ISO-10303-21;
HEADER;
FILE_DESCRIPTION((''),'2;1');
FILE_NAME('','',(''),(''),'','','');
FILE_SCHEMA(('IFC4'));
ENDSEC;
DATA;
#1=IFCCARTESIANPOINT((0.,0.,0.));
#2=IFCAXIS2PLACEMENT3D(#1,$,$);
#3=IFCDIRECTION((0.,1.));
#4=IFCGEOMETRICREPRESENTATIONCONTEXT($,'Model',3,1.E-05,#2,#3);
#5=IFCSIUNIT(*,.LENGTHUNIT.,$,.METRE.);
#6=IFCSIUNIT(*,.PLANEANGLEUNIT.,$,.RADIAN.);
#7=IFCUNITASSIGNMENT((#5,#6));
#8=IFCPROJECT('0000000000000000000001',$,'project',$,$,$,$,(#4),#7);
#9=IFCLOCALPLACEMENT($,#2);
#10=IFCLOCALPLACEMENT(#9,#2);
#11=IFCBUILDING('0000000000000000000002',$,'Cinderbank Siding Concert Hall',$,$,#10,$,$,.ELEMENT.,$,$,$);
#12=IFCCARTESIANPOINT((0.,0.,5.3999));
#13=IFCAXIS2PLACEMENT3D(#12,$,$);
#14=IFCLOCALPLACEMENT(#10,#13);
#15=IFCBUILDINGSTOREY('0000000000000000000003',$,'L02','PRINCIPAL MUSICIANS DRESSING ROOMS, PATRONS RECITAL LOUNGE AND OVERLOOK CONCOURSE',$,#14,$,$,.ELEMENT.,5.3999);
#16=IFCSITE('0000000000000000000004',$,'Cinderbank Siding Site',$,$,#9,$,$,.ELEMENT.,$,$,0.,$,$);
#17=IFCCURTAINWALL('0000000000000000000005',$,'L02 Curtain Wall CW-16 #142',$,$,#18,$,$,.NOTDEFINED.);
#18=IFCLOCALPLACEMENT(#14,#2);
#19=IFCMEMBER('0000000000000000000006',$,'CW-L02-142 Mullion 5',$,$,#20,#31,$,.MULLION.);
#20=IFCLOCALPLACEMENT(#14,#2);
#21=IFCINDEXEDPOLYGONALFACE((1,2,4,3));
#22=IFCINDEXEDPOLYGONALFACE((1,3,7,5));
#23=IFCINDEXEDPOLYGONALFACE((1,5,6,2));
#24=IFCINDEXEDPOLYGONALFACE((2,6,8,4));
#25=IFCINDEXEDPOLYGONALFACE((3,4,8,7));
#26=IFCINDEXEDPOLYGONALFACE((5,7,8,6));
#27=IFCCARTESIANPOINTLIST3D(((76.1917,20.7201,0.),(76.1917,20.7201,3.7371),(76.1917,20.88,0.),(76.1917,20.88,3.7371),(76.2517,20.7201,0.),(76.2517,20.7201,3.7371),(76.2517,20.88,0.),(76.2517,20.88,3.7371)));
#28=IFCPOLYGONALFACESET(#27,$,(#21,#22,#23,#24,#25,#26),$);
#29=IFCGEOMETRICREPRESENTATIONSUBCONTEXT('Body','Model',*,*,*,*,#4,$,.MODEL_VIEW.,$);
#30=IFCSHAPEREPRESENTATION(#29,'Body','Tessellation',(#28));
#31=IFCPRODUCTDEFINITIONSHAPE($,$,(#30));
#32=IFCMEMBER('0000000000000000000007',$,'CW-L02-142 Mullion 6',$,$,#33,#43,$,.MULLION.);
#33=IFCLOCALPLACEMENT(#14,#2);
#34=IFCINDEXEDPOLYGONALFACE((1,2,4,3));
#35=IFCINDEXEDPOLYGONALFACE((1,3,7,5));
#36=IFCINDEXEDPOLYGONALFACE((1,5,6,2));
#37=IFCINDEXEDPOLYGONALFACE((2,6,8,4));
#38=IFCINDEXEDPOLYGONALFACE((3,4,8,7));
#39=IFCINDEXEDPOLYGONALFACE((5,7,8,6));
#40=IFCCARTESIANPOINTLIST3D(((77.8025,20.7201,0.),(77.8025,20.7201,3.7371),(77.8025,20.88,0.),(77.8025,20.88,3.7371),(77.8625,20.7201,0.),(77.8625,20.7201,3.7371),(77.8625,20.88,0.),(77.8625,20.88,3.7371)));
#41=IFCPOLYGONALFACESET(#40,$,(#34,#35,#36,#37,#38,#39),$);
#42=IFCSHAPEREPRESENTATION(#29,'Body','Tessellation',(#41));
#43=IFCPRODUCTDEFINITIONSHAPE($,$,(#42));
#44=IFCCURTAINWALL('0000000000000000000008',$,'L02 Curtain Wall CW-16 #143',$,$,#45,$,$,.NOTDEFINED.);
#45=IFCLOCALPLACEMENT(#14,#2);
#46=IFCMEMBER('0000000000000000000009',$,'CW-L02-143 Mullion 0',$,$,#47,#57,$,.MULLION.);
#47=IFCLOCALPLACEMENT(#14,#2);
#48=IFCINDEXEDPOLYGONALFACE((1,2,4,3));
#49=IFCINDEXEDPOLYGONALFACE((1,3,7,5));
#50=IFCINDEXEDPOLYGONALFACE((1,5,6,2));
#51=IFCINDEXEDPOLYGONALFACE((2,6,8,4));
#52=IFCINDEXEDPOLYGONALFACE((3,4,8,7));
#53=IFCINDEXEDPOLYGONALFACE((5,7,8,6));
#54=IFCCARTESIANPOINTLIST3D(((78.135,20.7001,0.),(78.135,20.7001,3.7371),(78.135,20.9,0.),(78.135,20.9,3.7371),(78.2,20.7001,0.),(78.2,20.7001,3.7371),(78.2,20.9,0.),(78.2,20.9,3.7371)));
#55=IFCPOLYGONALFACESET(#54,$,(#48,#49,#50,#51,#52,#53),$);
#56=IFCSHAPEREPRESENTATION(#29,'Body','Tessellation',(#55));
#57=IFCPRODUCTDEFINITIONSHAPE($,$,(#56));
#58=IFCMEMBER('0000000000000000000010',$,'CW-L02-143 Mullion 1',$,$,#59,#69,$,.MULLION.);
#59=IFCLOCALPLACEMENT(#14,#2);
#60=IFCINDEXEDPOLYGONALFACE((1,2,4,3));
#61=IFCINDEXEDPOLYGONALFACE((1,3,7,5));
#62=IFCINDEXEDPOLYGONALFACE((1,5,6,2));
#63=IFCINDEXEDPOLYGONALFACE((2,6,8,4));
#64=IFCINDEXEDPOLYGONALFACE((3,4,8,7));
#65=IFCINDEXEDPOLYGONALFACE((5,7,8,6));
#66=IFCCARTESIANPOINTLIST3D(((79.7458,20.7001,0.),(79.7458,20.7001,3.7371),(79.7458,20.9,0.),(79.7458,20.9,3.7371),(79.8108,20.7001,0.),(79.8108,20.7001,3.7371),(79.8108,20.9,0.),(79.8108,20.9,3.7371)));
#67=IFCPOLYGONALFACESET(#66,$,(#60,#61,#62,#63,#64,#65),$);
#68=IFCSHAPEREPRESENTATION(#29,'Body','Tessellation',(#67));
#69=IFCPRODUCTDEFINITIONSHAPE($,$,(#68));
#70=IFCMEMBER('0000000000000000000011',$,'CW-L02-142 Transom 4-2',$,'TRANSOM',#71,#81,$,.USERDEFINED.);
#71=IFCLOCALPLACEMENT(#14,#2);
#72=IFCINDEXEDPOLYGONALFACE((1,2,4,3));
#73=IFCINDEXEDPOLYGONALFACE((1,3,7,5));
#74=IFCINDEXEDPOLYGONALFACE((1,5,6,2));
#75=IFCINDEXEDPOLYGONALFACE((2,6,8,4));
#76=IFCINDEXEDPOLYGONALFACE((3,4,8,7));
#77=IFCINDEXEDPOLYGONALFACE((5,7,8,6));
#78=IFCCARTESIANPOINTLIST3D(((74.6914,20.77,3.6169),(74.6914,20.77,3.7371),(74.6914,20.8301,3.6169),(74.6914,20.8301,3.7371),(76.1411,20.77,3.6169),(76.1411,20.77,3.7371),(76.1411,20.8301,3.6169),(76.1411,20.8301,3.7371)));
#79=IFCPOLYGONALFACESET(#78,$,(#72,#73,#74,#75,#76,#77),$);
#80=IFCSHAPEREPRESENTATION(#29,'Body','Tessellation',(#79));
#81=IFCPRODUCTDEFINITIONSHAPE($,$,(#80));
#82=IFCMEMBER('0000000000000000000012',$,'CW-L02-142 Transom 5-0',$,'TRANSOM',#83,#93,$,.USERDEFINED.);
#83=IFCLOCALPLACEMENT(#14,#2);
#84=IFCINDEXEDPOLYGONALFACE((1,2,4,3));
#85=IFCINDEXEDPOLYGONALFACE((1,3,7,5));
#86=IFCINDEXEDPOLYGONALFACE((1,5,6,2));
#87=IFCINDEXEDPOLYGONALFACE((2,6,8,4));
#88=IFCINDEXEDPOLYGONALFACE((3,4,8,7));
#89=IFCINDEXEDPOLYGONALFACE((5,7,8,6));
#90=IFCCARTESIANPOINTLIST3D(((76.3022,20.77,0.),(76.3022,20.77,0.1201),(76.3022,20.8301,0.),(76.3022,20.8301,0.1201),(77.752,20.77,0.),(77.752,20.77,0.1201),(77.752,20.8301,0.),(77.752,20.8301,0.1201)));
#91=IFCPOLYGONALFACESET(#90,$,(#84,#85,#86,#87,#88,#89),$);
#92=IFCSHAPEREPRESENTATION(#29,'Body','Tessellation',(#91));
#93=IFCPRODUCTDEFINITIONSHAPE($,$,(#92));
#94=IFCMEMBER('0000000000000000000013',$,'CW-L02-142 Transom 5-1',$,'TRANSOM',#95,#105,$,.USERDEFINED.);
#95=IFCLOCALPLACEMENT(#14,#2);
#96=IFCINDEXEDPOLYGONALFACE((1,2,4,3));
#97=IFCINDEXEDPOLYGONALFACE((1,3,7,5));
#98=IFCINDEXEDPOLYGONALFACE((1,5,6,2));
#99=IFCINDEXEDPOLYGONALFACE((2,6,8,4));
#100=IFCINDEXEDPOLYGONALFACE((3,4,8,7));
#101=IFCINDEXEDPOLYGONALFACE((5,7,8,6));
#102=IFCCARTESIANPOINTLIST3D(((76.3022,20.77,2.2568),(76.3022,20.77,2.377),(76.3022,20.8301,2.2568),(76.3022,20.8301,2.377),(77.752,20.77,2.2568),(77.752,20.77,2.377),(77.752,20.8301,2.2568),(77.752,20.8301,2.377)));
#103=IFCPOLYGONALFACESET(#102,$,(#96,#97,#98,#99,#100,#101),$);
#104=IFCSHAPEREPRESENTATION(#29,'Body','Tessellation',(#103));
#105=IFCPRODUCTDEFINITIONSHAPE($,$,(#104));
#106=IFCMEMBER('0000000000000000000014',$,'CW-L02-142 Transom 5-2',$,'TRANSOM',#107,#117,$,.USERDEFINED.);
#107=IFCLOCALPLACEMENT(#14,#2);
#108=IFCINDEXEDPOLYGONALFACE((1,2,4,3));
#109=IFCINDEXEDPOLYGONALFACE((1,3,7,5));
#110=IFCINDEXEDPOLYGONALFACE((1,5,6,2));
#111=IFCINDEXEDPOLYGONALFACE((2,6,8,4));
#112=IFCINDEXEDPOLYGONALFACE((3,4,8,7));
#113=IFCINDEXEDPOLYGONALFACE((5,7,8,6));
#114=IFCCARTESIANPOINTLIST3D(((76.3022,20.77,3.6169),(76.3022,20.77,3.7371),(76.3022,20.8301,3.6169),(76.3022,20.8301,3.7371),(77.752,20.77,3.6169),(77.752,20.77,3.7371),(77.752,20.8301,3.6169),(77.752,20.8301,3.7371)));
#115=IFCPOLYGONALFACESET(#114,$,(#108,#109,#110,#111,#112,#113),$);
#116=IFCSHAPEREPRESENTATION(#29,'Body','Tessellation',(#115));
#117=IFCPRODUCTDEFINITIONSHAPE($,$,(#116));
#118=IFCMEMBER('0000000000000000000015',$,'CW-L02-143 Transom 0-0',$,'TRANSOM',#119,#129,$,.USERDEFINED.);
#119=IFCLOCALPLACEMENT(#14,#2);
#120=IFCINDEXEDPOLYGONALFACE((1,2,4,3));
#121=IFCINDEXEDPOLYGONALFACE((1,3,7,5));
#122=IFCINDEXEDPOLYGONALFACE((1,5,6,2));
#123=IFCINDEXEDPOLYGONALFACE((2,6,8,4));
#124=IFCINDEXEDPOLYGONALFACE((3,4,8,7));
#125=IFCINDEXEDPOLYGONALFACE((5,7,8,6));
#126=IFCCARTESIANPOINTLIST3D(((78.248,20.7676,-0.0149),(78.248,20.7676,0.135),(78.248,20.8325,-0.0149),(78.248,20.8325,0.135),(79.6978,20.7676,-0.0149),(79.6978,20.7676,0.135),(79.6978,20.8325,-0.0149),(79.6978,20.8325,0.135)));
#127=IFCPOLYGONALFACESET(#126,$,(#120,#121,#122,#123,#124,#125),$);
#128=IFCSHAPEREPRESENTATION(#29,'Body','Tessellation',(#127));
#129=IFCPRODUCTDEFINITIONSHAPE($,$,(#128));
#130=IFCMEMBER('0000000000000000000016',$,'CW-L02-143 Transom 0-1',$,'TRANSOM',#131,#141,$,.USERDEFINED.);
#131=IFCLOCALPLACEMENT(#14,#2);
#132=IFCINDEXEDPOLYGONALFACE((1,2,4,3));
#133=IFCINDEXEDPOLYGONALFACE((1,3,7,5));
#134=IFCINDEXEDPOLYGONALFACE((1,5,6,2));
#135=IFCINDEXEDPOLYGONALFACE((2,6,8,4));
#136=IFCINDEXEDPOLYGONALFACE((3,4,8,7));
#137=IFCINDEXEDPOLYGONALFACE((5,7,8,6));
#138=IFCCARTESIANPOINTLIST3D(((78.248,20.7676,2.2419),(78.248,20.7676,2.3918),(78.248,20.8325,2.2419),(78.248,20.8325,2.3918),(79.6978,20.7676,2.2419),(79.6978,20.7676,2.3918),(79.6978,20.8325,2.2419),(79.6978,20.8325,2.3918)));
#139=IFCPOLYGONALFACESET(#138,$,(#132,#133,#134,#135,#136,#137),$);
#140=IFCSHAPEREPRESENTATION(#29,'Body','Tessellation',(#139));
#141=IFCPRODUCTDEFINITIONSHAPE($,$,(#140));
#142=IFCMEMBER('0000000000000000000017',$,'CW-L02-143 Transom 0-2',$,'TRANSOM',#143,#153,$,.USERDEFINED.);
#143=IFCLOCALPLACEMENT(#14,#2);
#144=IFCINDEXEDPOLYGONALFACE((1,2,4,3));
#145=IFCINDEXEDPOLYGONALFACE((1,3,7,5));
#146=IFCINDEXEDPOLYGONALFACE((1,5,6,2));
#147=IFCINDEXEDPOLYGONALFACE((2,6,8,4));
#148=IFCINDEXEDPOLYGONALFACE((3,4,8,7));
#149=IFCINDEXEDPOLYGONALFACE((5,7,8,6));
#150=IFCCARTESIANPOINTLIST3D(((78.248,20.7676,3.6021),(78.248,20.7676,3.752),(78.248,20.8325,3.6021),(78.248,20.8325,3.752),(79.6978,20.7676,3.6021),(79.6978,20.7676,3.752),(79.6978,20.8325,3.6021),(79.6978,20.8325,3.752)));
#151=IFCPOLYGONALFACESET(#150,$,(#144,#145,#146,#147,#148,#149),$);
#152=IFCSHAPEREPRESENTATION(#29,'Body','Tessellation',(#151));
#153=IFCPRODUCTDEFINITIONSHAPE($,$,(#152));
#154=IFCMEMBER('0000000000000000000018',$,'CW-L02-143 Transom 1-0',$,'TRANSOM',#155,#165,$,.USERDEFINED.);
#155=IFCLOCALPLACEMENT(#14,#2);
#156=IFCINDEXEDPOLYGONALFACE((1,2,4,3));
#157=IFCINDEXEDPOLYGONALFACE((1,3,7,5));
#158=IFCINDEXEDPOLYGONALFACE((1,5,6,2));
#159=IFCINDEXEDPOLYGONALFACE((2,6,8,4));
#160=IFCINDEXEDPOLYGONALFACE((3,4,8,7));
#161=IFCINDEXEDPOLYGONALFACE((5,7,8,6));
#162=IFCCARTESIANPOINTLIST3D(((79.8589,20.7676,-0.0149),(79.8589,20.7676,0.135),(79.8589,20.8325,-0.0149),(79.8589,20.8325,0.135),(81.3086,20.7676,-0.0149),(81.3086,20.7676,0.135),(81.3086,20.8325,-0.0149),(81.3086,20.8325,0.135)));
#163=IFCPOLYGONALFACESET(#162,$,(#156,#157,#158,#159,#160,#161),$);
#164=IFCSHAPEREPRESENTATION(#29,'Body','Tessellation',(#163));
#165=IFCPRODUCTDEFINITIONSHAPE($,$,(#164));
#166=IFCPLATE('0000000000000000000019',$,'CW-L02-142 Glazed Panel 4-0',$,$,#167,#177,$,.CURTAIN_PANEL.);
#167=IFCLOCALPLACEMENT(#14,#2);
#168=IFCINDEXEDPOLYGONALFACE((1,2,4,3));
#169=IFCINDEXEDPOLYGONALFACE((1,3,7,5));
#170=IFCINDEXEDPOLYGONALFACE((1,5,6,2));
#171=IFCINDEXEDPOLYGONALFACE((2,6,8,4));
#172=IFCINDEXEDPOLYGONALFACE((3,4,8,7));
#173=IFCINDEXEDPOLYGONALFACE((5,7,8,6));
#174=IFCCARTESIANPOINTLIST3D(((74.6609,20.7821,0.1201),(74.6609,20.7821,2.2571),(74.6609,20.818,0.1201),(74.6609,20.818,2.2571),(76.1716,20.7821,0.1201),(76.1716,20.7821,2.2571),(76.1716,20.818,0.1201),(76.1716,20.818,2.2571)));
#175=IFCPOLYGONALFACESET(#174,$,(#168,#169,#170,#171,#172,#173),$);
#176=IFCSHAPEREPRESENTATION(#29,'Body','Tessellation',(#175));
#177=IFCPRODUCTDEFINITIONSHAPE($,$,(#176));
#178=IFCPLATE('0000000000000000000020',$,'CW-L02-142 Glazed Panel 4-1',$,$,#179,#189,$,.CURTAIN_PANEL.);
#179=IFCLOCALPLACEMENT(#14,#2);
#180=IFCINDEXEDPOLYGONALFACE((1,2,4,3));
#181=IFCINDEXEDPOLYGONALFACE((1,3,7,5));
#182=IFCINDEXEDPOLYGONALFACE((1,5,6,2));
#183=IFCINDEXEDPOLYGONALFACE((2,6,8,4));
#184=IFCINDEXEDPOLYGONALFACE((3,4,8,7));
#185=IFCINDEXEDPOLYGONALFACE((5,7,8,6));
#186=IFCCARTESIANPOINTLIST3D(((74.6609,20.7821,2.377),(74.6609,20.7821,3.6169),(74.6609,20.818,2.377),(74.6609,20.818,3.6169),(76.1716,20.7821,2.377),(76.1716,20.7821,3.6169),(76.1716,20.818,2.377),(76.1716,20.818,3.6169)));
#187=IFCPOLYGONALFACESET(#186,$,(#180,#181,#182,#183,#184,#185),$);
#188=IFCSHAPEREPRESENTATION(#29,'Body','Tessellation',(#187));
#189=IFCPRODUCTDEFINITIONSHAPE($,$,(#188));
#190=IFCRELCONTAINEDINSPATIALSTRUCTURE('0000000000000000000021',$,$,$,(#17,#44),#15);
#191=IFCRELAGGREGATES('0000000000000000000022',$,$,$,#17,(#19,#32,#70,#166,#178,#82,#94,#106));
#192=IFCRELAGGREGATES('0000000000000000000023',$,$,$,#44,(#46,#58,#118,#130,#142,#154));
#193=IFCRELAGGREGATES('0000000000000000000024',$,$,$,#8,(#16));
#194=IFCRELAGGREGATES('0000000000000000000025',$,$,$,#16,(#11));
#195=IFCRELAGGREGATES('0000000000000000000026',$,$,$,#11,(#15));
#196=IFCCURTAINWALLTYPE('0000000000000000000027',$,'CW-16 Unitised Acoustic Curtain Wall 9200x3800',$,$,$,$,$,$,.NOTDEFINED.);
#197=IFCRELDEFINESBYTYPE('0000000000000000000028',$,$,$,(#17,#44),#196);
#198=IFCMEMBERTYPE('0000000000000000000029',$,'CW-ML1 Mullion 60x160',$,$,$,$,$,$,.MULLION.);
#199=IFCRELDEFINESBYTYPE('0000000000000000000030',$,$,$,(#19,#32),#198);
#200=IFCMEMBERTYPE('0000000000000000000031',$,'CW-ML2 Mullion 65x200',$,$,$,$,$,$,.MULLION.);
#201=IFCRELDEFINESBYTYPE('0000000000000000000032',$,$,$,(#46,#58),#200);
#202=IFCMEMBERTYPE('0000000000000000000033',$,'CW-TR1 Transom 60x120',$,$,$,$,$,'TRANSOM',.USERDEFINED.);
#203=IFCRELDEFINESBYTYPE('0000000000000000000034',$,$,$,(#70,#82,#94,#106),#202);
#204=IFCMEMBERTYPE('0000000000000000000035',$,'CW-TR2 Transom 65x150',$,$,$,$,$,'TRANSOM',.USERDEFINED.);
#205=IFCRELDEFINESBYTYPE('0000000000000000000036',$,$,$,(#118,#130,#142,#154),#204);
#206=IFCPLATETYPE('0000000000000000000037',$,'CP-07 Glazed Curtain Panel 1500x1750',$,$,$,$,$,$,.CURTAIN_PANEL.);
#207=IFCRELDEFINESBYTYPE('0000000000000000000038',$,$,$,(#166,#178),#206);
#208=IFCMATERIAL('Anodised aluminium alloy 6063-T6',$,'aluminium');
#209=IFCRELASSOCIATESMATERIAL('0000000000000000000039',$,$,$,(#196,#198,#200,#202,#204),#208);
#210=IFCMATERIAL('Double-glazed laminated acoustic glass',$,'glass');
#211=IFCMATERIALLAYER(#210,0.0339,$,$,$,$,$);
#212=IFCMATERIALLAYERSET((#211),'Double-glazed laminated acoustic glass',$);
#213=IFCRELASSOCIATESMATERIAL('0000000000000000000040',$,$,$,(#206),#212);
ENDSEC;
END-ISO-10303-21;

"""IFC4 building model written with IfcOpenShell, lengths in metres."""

from ifc_helpers import new_model, si_unit, direction, frame, origin, origin_2d, place, context, subcontext, project, spatial, rectangle, extrude, material, layer, layer_set, material_profile, profile_set, type_object, element, aggregate, save


model = new_model("IFC4")

# Units and contexts
model_context = context("Model", 3, precision=1e-05, world=origin(), true_north=direction((0.0, 1.0)))
body_context = subcontext(model_context, "Body", "Model", "MODEL_VIEW")
ifc_project = project(units=[si_unit("LENGTHUNIT", "METRE"), si_unit("PLANEANGLEUNIT", "RADIAN")], contexts=[model_context])

# Site, building, storey
site_placement = place(None, origin())
site = spatial("IfcSite", under=ifc_project, at=site_placement, Name="Cinderbank Siding Site", CompositionType="ELEMENT", RefElevation=0.0)
building_placement = place(site_placement, origin())
building = spatial("IfcBuilding", under=site, at=building_placement, Name="Cinderbank Siding Concert Hall", CompositionType="ELEMENT")
storey_placement = place(building_placement, frame((0.0, 0.0, 5.3999)))
storey = spatial("IfcBuildingStorey", under=building, at=storey_placement, Name="L02", Description="PRINCIPAL MUSICIANS DRESSING ROOMS, PATRONS RECITAL LOUNGE AND OVERLOOK CONCOURSE", CompositionType="ELEMENT", Elevation=5.3999)

# Curtain walls, members
ifc_material_1 = material(Name="Anodised aluminium alloy 6063-T6", Category="aluminium")
curtain_wall_type = type_object("IfcCurtainWallType", Name="CW-16 Unitised Acoustic Curtain Wall 9200x3800", PredefinedType="NOTDEFINED", material=ifc_material_1)
curtain_wall_1_placement = place(storey_placement, origin())
curtain_wall_1 = element("IfcCurtainWall", 1, at=curtain_wall_1_placement, inside=storey, type_object=curtain_wall_type, Name="L02 Curtain Wall CW-16 #142", PredefinedType="NOTDEFINED")
ifc_material_profile_1 = material_profile(ifc_material_1, rectangle(XDim=0.0601, YDim=0.1599, at=origin_2d()), Name="ALU-MULL-60x160", Category="LoadBearing")
ifc_profile_set_1 = profile_set([ifc_material_profile_1], Name="Anodised aluminium alloy 6063-T6")
member_type_1 = type_object("IfcMemberType", Name="CW-ML1 Mullion 60x160", PredefinedType="MULLION", material=ifc_profile_set_1)
member_1_placement = place(storey_placement, frame((76.2217, 20.8, 0.0), z_axis=(0.0, 0.0, 1.0), x_axis=(1.0, 0.0, 0.0)))
member_1 = element("IfcMember", 2, at=member_1_placement, type_object=member_type_1, Name="CW-L02-142 Mullion 5", PredefinedType="MULLION", context=body_context, shape_type="SweptSolid", body=[
    extrude(rectangle(XDim=0.0601, YDim=0.1599, at=origin_2d()), origin(), (0.0, 0.0, 1.0), 3.7371),
])
member_2_placement = place(storey_placement, frame((77.8325, 20.8, 0.0), z_axis=(0.0, 0.0, 1.0), x_axis=(1.0, 0.0, 0.0)))
member_2 = element("IfcMember", 3, at=member_2_placement, type_object=member_type_1, Name="CW-L02-142 Mullion 6", PredefinedType="MULLION", context=body_context, shape_type="SweptSolid", body=[
    extrude(rectangle(XDim=0.0601, YDim=0.1599, at=origin_2d()), origin(), (0.0, 0.0, 1.0), 3.7371),
])
curtain_wall_2_placement = place(storey_placement, origin())
curtain_wall_2 = element("IfcCurtainWall", 4, at=curtain_wall_2_placement, inside=storey, type_object=curtain_wall_type, Name="L02 Curtain Wall CW-16 #143", PredefinedType="NOTDEFINED")
ifc_material_profile_2 = material_profile(ifc_material_1, rectangle(XDim=0.0649, YDim=0.2, at=origin_2d()), Name="ALU-MULL-65x200", Category="LoadBearing")
ifc_profile_set_2 = profile_set([ifc_material_profile_2], Name="Anodised aluminium alloy 6063-T6")
member_type_2 = type_object("IfcMemberType", Name="CW-ML2 Mullion 65x200", PredefinedType="MULLION", material=ifc_profile_set_2)
member_3_placement = place(storey_placement, frame((78.1675, 20.8, 0.0), z_axis=(0.0, 0.0, 1.0), x_axis=(1.0, 0.0, 0.0)))
member_3 = element("IfcMember", 5, at=member_3_placement, type_object=member_type_2, Name="CW-L02-143 Mullion 0", PredefinedType="MULLION", context=body_context, shape_type="SweptSolid", body=[
    extrude(rectangle(XDim=0.0649, YDim=0.2, at=origin_2d()), origin(), (0.0, 0.0, 1.0), 3.7371),
])
member_4_placement = place(storey_placement, frame((79.7783, 20.8, 0.0), z_axis=(0.0, 0.0, 1.0), x_axis=(1.0, 0.0, 0.0)))
member_4 = element("IfcMember", 6, at=member_4_placement, type_object=member_type_2, Name="CW-L02-143 Mullion 1", PredefinedType="MULLION", context=body_context, shape_type="SweptSolid", body=[
    extrude(rectangle(XDim=0.0649, YDim=0.2, at=origin_2d()), origin(), (0.0, 0.0, 1.0), 3.7371),
])

# Members
ifc_material_profile_3 = material_profile(ifc_material_1, rectangle(XDim=0.0601, YDim=0.1201, at=origin_2d()), Name="ALU-TRAN-60x120", Category="LoadBearing")
ifc_profile_set_3 = profile_set([ifc_material_profile_3], Name="Anodised aluminium alloy 6063-T6")
member_type_3 = type_object("IfcMemberType", Name="CW-TR1 Transom 60x120", ElementType="TRANSOM", PredefinedType="USERDEFINED", material=ifc_profile_set_3)
member_5_placement = place(storey_placement, frame((74.6914, 20.8, 3.677), z_axis=(1.0, 0.0, 0.0), x_axis=(0.0, 1.0, 0.0)))
member_5 = element("IfcMember", 7, at=member_5_placement, type_object=member_type_3, Name="CW-L02-142 Transom 4-2", ObjectType="TRANSOM", PredefinedType="USERDEFINED", context=body_context, shape_type="SweptSolid", body=[
    extrude(rectangle(XDim=0.0601, YDim=0.1201, at=origin_2d()), origin(), (0.0, 0.0, 1.0), 1.4497),
])
member_6_placement = place(storey_placement, frame((76.3022, 20.8, 0.0601), z_axis=(1.0, 0.0, 0.0), x_axis=(0.0, 1.0, 0.0)))
member_6 = element("IfcMember", 8, at=member_6_placement, type_object=member_type_3, Name="CW-L02-142 Transom 5-0", ObjectType="TRANSOM", PredefinedType="USERDEFINED", context=body_context, shape_type="SweptSolid", body=[
    extrude(rectangle(XDim=0.0601, YDim=0.1201, at=origin_2d()), origin(), (0.0, 0.0, 1.0), 1.4497),
])
member_7_placement = place(storey_placement, frame((76.3022, 20.8, 2.3169), z_axis=(1.0, 0.0, 0.0), x_axis=(0.0, 1.0, 0.0)))
member_7 = element("IfcMember", 9, at=member_7_placement, type_object=member_type_3, Name="CW-L02-142 Transom 5-1", ObjectType="TRANSOM", PredefinedType="USERDEFINED", context=body_context, shape_type="SweptSolid", body=[
    extrude(rectangle(XDim=0.0601, YDim=0.1201, at=origin_2d()), origin(), (0.0, 0.0, 1.0), 1.4497),
])
member_8_placement = place(storey_placement, frame((76.3022, 20.8, 3.677), z_axis=(1.0, 0.0, 0.0), x_axis=(0.0, 1.0, 0.0)))
member_8 = element("IfcMember", 10, at=member_8_placement, type_object=member_type_3, Name="CW-L02-142 Transom 5-2", ObjectType="TRANSOM", PredefinedType="USERDEFINED", context=body_context, shape_type="SweptSolid", body=[
    extrude(rectangle(XDim=0.0601, YDim=0.1201, at=origin_2d()), origin(), (0.0, 0.0, 1.0), 1.4497),
])
ifc_material_profile_4 = material_profile(ifc_material_1, rectangle(XDim=0.0649, YDim=0.1499, at=origin_2d()), Name="ALU-TRAN-65x150", Category="LoadBearing")
ifc_profile_set_4 = profile_set([ifc_material_profile_4], Name="Anodised aluminium alloy 6063-T6")
member_type_4 = type_object("IfcMemberType", Name="CW-TR2 Transom 65x150", ElementType="TRANSOM", PredefinedType="USERDEFINED", material=ifc_profile_set_4)
member_9_placement = place(storey_placement, frame((78.248, 20.8, 0.0601), z_axis=(1.0, 0.0, 0.0), x_axis=(0.0, 1.0, 0.0)))
member_9 = element("IfcMember", 11, at=member_9_placement, type_object=member_type_4, Name="CW-L02-143 Transom 0-0", ObjectType="TRANSOM", PredefinedType="USERDEFINED", context=body_context, shape_type="SweptSolid", body=[
    extrude(rectangle(XDim=0.0649, YDim=0.1499, at=origin_2d()), origin(), (0.0, 0.0, 1.0), 1.4497),
])
member_10_placement = place(storey_placement, frame((78.248, 20.8, 2.3169), z_axis=(1.0, 0.0, 0.0), x_axis=(0.0, 1.0, 0.0)))
member_10 = element("IfcMember", 12, at=member_10_placement, type_object=member_type_4, Name="CW-L02-143 Transom 0-1", ObjectType="TRANSOM", PredefinedType="USERDEFINED", context=body_context, shape_type="SweptSolid", body=[
    extrude(rectangle(XDim=0.0649, YDim=0.1499, at=origin_2d()), origin(), (0.0, 0.0, 1.0), 1.4497),
])
member_11_placement = place(storey_placement, frame((78.248, 20.8, 3.677), z_axis=(1.0, 0.0, 0.0), x_axis=(0.0, 1.0, 0.0)))
member_11 = element("IfcMember", 13, at=member_11_placement, type_object=member_type_4, Name="CW-L02-143 Transom 0-2", ObjectType="TRANSOM", PredefinedType="USERDEFINED", context=body_context, shape_type="SweptSolid", body=[
    extrude(rectangle(XDim=0.0649, YDim=0.1499, at=origin_2d()), origin(), (0.0, 0.0, 1.0), 1.4497),
])
member_12_placement = place(storey_placement, frame((79.8589, 20.8, 0.0601), z_axis=(1.0, 0.0, 0.0), x_axis=(0.0, 1.0, 0.0)))
member_12 = element("IfcMember", 14, at=member_12_placement, type_object=member_type_4, Name="CW-L02-143 Transom 1-0", ObjectType="TRANSOM", PredefinedType="USERDEFINED", context=body_context, shape_type="SweptSolid", body=[
    extrude(rectangle(XDim=0.0649, YDim=0.1499, at=origin_2d()), origin(), (0.0, 0.0, 1.0), 1.4497),
])

# Plates
ifc_material_2 = material(Name="Double-glazed laminated acoustic glass", Category="glass")
ifc_layer_1 = layer(ifc_material_2, 0.0339)
ifc_layer_set_1 = layer_set([ifc_layer_1], Name="Double-glazed laminated acoustic glass")
plate_type_1 = type_object("IfcPlateType", Name="CP-07 Glazed Curtain Panel 1500x1750", PredefinedType="CURTAIN_PANEL", material=ifc_layer_set_1)
plate_1_placement = place(storey_placement, frame((75.4163, 20.8, 0.1201), z_axis=(0.0, 0.0, 1.0), x_axis=(1.0, 0.0, 0.0)))
plate_1 = element("IfcPlate", 15, at=plate_1_placement, type_object=plate_type_1, Name="CW-L02-142 Glazed Panel 4-0", PredefinedType="CURTAIN_PANEL", context=body_context, shape_type="SweptSolid", body=[
    extrude(rectangle(XDim=1.5107, YDim=0.0359, at=origin_2d()), origin(), (0.0, 0.0, 1.0), 2.137),
])
plate_2_placement = place(storey_placement, frame((75.4163, 20.8, 2.377), z_axis=(0.0, 0.0, 1.0), x_axis=(1.0, 0.0, 0.0)))
plate_2 = element("IfcPlate", 16, at=plate_2_placement, type_object=plate_type_1, Name="CW-L02-142 Glazed Panel 4-1", PredefinedType="CURTAIN_PANEL", context=body_context, shape_type="SweptSolid", body=[
    extrude(rectangle(XDim=1.5107, YDim=0.0359, at=origin_2d()), origin(), (0.0, 0.0, 1.0), 1.24),
])
aggregate(curtain_wall_1, [member_1, member_2, member_5, plate_1, plate_2, member_6, member_7, member_8])
aggregate(curtain_wall_2, [member_3, member_4, member_9, member_10, member_11, member_12])

save(model, "model.ifc")
